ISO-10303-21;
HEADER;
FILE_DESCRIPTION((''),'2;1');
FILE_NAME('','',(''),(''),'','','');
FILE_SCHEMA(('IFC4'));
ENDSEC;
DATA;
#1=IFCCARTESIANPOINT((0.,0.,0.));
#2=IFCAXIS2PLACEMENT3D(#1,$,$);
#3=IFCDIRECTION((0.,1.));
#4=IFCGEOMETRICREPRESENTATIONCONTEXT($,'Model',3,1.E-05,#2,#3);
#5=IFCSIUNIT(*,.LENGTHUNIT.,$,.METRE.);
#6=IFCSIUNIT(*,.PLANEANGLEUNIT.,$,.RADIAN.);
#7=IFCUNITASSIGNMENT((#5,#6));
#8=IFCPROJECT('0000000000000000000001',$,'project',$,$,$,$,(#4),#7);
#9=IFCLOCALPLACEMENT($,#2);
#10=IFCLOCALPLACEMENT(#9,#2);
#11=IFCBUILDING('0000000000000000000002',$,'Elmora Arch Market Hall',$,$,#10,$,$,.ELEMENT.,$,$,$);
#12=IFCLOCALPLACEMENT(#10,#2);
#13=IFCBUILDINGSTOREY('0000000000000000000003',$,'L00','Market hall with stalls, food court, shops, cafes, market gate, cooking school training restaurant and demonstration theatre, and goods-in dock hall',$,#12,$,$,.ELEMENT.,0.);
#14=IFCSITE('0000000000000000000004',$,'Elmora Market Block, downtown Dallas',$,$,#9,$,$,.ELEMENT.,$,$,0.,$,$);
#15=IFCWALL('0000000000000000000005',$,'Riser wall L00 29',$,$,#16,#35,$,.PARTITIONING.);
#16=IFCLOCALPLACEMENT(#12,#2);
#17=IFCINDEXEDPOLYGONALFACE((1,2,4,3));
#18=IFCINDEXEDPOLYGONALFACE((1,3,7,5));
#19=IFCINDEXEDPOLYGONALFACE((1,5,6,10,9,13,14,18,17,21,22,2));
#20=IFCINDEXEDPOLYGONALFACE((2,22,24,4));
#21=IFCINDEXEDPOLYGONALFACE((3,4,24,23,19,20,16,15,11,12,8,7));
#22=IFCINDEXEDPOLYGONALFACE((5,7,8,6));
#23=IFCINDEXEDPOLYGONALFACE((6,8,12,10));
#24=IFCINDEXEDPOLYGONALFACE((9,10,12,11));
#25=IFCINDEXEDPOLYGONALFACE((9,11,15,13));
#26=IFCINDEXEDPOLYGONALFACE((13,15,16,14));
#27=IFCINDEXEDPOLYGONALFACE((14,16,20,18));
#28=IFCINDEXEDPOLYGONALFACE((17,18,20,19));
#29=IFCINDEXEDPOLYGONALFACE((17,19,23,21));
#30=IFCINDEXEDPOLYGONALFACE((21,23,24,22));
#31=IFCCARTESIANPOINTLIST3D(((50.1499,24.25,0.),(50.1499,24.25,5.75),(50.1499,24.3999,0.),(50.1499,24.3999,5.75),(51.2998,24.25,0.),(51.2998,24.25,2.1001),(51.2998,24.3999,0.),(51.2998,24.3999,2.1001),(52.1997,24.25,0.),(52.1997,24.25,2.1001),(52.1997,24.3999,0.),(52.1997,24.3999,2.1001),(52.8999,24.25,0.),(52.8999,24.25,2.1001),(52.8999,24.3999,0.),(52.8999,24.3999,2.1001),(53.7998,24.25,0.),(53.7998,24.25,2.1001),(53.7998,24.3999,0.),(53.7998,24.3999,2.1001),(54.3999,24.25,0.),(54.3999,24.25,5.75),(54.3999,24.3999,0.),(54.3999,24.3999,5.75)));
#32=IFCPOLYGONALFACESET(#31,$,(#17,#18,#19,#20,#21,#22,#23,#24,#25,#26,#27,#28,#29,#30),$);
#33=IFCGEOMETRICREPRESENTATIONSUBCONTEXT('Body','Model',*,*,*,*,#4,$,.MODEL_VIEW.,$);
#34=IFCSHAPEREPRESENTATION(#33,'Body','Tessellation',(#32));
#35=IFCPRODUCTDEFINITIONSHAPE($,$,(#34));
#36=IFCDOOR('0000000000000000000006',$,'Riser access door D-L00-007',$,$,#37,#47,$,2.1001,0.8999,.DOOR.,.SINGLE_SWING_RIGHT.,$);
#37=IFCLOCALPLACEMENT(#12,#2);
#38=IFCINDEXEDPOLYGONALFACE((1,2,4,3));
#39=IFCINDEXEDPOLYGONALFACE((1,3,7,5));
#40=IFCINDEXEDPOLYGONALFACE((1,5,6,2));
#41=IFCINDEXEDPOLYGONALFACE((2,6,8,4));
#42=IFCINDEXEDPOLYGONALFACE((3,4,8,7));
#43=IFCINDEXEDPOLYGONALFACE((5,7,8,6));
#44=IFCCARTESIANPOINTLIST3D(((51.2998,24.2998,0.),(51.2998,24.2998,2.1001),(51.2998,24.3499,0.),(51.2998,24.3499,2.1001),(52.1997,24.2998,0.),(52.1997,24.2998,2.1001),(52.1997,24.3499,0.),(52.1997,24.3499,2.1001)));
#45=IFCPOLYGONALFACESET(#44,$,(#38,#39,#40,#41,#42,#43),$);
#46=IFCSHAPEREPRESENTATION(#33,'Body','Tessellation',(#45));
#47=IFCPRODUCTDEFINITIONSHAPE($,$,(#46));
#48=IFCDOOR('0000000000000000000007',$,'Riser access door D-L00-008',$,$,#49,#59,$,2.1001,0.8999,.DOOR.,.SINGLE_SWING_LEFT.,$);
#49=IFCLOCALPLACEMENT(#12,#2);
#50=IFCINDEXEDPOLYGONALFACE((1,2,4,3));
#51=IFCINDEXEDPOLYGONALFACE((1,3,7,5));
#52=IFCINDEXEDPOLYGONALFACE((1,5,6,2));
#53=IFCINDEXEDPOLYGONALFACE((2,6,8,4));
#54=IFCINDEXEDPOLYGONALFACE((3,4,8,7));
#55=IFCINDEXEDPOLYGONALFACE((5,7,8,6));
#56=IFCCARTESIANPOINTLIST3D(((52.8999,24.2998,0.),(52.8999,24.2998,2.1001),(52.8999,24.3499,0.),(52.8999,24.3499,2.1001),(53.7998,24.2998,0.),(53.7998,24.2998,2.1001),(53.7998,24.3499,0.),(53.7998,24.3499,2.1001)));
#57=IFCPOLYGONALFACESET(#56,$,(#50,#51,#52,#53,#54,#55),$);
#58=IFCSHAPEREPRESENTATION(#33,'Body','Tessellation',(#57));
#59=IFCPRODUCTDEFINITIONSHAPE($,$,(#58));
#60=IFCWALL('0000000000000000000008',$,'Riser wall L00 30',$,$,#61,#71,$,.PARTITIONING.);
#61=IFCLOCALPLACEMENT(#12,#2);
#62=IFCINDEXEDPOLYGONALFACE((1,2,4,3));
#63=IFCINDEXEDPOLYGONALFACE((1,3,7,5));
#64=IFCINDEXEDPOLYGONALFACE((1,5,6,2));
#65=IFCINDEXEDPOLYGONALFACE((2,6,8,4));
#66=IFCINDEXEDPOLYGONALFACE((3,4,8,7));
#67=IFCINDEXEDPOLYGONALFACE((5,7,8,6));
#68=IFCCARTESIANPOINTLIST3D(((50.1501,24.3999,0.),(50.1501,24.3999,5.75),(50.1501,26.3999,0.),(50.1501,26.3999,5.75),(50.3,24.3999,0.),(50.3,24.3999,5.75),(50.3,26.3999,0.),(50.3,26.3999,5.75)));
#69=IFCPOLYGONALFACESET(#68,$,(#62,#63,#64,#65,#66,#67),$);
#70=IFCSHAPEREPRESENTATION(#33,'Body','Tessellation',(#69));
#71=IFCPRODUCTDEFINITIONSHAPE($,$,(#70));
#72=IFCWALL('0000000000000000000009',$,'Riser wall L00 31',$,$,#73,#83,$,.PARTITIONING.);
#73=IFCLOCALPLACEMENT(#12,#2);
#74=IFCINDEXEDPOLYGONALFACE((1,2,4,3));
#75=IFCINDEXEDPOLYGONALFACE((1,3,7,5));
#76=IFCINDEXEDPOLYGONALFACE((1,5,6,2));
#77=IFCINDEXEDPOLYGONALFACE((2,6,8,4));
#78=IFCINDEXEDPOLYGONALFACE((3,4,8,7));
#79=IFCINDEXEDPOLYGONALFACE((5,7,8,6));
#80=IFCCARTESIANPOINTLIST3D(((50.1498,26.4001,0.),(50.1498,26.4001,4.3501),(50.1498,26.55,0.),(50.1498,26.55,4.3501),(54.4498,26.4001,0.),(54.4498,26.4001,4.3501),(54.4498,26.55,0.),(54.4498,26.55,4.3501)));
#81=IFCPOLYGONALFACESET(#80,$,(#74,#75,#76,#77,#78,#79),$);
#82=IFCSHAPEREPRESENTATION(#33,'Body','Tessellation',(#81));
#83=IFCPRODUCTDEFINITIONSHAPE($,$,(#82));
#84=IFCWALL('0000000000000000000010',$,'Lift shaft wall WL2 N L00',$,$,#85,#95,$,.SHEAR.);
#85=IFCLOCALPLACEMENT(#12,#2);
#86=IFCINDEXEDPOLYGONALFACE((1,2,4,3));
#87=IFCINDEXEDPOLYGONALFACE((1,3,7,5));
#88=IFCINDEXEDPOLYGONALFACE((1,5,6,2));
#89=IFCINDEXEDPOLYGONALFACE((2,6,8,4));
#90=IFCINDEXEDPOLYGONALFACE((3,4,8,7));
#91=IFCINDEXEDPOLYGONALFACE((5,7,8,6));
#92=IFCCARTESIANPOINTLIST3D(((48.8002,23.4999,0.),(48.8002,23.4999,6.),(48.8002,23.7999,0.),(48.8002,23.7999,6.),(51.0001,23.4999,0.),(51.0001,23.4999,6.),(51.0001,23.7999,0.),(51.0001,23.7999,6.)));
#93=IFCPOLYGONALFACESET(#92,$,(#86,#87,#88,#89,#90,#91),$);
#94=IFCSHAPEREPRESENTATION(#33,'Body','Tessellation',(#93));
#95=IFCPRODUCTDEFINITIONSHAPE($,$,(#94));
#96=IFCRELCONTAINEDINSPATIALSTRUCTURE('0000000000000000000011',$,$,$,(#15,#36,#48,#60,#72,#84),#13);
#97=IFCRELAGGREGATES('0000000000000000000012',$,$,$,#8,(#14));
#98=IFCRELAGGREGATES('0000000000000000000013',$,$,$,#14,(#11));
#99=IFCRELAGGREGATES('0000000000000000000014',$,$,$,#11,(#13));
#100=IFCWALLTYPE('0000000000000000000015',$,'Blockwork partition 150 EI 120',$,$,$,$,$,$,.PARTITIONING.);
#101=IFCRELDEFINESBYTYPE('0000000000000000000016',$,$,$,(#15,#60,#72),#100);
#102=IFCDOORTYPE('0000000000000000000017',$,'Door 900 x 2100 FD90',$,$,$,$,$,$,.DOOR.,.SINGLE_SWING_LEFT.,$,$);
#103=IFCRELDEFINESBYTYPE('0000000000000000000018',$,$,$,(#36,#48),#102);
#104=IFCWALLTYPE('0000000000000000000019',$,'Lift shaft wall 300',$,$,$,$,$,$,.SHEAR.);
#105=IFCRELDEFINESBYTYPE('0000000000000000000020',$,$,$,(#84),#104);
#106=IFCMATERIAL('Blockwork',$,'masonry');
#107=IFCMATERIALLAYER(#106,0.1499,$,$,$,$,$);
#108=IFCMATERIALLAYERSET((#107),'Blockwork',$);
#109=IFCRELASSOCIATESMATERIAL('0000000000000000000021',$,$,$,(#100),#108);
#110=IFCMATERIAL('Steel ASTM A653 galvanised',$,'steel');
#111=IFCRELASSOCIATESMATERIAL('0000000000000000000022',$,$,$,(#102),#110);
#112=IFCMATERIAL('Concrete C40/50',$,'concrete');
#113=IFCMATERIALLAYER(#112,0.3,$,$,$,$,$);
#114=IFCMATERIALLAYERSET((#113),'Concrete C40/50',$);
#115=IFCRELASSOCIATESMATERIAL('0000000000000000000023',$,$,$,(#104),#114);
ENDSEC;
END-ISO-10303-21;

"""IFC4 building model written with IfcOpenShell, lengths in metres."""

from ifc_helpers import new_model, si_unit, direction, frame, frame_2d, origin, place, context, subcontext, project, spatial, rectangle, extrude, material, layer, layer_set, type_object, element, fill, save


model = new_model("IFC4")

# Units and contexts
model_context = context("Model", 3, precision=1e-05, world=origin(), true_north=direction((0.0, 1.0)))
body_context = subcontext(model_context, "Body", "Model", "MODEL_VIEW")
ifc_project = project(units=[si_unit("LENGTHUNIT", "METRE"), si_unit("PLANEANGLEUNIT", "RADIAN")], contexts=[model_context])

# Site, building, storey
site_placement = place(None, origin())
site = spatial("IfcSite", under=ifc_project, at=site_placement, Name="Elmora Market Block, downtown Dallas", CompositionType="ELEMENT", RefElevation=0.0)
building_placement = place(site_placement, origin())
building = spatial("IfcBuilding", under=site, at=building_placement, Name="Elmora Arch Market Hall", CompositionType="ELEMENT")
storey_placement = place(building_placement, origin())
storey = spatial("IfcBuildingStorey", under=building, at=storey_placement, Name="L00", Description="Market hall with stalls, food court, shops, cafes, market gate, cooking school training restaurant and demonstration theatre, and goods-in dock hall", CompositionType="ELEMENT", Elevation=0.0)

# Wall, openings, doors
ifc_material_1 = material(Name="Blockwork", Category="masonry")
ifc_layer_1 = layer(ifc_material_1, 0.1499)
ifc_layer_set_1 = layer_set([ifc_layer_1], Name="Blockwork")
wall_type_1 = type_object("IfcWallType", Name="Blockwork partition 150 EI 120", PredefinedType="PARTITIONING", material=ifc_layer_set_1)
wall_1_placement = place(storey_placement, frame((50.1499, 24.325, 0.0), z_axis=(0.0, 0.0, 1.0), x_axis=(1.0, 0.0, 0.0)))
wall_1 = element("IfcWall", 1, at=wall_1_placement, inside=storey, type_object=wall_type_1, Name="Riser wall L00 29", PredefinedType="PARTITIONING", context=body_context, shape_type="SweptSolid", body=[
    extrude(rectangle(XDim=4.25, YDim=0.1499, at=frame_2d((2.125, 0.0))), origin(), (0.0, 0.0, 1.0), 5.75),
])
opening_1_placement = place(wall_1_placement, frame((1.1499, 0.0, 0.0)))
opening_1 = element("IfcOpeningElement", 2, at=opening_1_placement, cuts=wall_1, PredefinedType="OPENING", context=body_context, shape_type="SweptSolid", body=[
    extrude(rectangle(XDim=0.8999, YDim=2.1001, at=frame_2d((0.45, 1.05))), frame((0.0, 0.085, 0.0), z_axis=(0.0, -1.0, 0.0), x_axis=(1.0, 0.0, 0.0)), (0.0, 0.0, 1.0), 0.1699),
])
opening_2_placement = place(wall_1_placement, frame((2.75, 0.0, 0.0)))
opening_2 = element("IfcOpeningElement", 3, at=opening_2_placement, cuts=wall_1, PredefinedType="OPENING", context=body_context, shape_type="SweptSolid", body=[
    extrude(rectangle(XDim=0.8999, YDim=2.1001, at=frame_2d((0.45, 1.05))), frame((0.0, 0.085, 0.0), z_axis=(0.0, -1.0, 0.0), x_axis=(1.0, 0.0, 0.0)), (0.0, 0.0, 1.0), 0.1699),
])
ifc_material_2 = material(Name="Steel ASTM A653 galvanised", Category="steel")
door_type = type_object("IfcDoorType", Name="Door 900 x 2100 FD90", OperationType="SINGLE_SWING_LEFT", PredefinedType="DOOR", material=ifc_material_2)
door_1_placement = place(opening_1_placement, origin())
door_1 = element("IfcDoor", 4, at=door_1_placement, inside=storey, type_object=door_type, Name="Riser access door D-L00-007", OperationType="SINGLE_SWING_RIGHT", OverallHeight=2.1001, OverallWidth=0.8999, PredefinedType="DOOR", context=body_context, shape_type="SweptSolid", body=[
    extrude(rectangle(XDim=0.8999, YDim=2.1001, at=frame_2d((0.45, 1.05))), frame((0.0, 0.0249, 0.0), z_axis=(0.0, -1.0, 0.0), x_axis=(1.0, 0.0, 0.0)), (0.0, 0.0, 1.0), 0.05),
])
fill(opening_1, door_1)
door_2_placement = place(opening_2_placement, origin())
door_2 = element("IfcDoor", 5, at=door_2_placement, inside=storey, type_object=door_type, Name="Riser access door D-L00-008", OperationType="SINGLE_SWING_LEFT", OverallHeight=2.1001, OverallWidth=0.8999, PredefinedType="DOOR", context=body_context, shape_type="SweptSolid", body=[
    extrude(rectangle(XDim=0.8999, YDim=2.1001, at=frame_2d((0.45, 1.05))), frame((0.0, 0.0249, 0.0), z_axis=(0.0, -1.0, 0.0), x_axis=(1.0, 0.0, 0.0)), (0.0, 0.0, 1.0), 0.05),
])
fill(opening_2, door_2)

# Walls
wall_2_placement = place(storey_placement, frame((50.2251, 24.3999, 0.0), z_axis=(0.0, 0.0, 1.0), x_axis=(0.0, 1.0, 0.0)))
element("IfcWall", 6, at=wall_2_placement, inside=storey, type_object=wall_type_1, Name="Riser wall L00 30", PredefinedType="PARTITIONING", context=body_context, shape_type="SweptSolid", body=[
    extrude(rectangle(XDim=2.0, YDim=0.1499, at=frame_2d((1.0, 0.0))), origin(), (0.0, 0.0, 1.0), 5.75),
])
wall_3_placement = place(storey_placement, frame((50.1499, 26.4751, 0.0), z_axis=(0.0, 0.0, 1.0), x_axis=(1.0, 0.0, 0.0)))
element("IfcWall", 7, at=wall_3_placement, inside=storey, type_object=wall_type_1, Name="Riser wall L00 31", PredefinedType="PARTITIONING", context=body_context, shape_type="SweptSolid", body=[
    extrude(rectangle(XDim=4.3, YDim=0.1499, at=frame_2d((2.1499, 0.0))), origin(), (0.0, 0.0, 1.0), 4.3501),
])
ifc_material_3 = material(Name="Concrete C40/50", Category="concrete")
ifc_layer_2 = layer(ifc_material_3, 0.3)
ifc_layer_set_2 = layer_set([ifc_layer_2], Name="Concrete C40/50")
wall_type_2 = type_object("IfcWallType", Name="Lift shaft wall 300", PredefinedType="SHEAR", material=ifc_layer_set_2)
wall_4_placement = place(storey_placement, frame((48.8, 23.6499, 0.0), z_axis=(0.0, 0.0, 1.0), x_axis=(1.0, 0.0, 0.0)))
element("IfcWall", 8, at=wall_4_placement, inside=storey, type_object=wall_type_2, Name="Lift shaft wall WL2 N L00", PredefinedType="SHEAR", context=body_context, shape_type="SweptSolid", body=[
    extrude(rectangle(XDim=2.2, YDim=0.3, at=frame_2d((1.1001, 0.0))), origin(), (0.0, 0.0, 1.0), 6.0),
])

save(model, "model.ifc")
